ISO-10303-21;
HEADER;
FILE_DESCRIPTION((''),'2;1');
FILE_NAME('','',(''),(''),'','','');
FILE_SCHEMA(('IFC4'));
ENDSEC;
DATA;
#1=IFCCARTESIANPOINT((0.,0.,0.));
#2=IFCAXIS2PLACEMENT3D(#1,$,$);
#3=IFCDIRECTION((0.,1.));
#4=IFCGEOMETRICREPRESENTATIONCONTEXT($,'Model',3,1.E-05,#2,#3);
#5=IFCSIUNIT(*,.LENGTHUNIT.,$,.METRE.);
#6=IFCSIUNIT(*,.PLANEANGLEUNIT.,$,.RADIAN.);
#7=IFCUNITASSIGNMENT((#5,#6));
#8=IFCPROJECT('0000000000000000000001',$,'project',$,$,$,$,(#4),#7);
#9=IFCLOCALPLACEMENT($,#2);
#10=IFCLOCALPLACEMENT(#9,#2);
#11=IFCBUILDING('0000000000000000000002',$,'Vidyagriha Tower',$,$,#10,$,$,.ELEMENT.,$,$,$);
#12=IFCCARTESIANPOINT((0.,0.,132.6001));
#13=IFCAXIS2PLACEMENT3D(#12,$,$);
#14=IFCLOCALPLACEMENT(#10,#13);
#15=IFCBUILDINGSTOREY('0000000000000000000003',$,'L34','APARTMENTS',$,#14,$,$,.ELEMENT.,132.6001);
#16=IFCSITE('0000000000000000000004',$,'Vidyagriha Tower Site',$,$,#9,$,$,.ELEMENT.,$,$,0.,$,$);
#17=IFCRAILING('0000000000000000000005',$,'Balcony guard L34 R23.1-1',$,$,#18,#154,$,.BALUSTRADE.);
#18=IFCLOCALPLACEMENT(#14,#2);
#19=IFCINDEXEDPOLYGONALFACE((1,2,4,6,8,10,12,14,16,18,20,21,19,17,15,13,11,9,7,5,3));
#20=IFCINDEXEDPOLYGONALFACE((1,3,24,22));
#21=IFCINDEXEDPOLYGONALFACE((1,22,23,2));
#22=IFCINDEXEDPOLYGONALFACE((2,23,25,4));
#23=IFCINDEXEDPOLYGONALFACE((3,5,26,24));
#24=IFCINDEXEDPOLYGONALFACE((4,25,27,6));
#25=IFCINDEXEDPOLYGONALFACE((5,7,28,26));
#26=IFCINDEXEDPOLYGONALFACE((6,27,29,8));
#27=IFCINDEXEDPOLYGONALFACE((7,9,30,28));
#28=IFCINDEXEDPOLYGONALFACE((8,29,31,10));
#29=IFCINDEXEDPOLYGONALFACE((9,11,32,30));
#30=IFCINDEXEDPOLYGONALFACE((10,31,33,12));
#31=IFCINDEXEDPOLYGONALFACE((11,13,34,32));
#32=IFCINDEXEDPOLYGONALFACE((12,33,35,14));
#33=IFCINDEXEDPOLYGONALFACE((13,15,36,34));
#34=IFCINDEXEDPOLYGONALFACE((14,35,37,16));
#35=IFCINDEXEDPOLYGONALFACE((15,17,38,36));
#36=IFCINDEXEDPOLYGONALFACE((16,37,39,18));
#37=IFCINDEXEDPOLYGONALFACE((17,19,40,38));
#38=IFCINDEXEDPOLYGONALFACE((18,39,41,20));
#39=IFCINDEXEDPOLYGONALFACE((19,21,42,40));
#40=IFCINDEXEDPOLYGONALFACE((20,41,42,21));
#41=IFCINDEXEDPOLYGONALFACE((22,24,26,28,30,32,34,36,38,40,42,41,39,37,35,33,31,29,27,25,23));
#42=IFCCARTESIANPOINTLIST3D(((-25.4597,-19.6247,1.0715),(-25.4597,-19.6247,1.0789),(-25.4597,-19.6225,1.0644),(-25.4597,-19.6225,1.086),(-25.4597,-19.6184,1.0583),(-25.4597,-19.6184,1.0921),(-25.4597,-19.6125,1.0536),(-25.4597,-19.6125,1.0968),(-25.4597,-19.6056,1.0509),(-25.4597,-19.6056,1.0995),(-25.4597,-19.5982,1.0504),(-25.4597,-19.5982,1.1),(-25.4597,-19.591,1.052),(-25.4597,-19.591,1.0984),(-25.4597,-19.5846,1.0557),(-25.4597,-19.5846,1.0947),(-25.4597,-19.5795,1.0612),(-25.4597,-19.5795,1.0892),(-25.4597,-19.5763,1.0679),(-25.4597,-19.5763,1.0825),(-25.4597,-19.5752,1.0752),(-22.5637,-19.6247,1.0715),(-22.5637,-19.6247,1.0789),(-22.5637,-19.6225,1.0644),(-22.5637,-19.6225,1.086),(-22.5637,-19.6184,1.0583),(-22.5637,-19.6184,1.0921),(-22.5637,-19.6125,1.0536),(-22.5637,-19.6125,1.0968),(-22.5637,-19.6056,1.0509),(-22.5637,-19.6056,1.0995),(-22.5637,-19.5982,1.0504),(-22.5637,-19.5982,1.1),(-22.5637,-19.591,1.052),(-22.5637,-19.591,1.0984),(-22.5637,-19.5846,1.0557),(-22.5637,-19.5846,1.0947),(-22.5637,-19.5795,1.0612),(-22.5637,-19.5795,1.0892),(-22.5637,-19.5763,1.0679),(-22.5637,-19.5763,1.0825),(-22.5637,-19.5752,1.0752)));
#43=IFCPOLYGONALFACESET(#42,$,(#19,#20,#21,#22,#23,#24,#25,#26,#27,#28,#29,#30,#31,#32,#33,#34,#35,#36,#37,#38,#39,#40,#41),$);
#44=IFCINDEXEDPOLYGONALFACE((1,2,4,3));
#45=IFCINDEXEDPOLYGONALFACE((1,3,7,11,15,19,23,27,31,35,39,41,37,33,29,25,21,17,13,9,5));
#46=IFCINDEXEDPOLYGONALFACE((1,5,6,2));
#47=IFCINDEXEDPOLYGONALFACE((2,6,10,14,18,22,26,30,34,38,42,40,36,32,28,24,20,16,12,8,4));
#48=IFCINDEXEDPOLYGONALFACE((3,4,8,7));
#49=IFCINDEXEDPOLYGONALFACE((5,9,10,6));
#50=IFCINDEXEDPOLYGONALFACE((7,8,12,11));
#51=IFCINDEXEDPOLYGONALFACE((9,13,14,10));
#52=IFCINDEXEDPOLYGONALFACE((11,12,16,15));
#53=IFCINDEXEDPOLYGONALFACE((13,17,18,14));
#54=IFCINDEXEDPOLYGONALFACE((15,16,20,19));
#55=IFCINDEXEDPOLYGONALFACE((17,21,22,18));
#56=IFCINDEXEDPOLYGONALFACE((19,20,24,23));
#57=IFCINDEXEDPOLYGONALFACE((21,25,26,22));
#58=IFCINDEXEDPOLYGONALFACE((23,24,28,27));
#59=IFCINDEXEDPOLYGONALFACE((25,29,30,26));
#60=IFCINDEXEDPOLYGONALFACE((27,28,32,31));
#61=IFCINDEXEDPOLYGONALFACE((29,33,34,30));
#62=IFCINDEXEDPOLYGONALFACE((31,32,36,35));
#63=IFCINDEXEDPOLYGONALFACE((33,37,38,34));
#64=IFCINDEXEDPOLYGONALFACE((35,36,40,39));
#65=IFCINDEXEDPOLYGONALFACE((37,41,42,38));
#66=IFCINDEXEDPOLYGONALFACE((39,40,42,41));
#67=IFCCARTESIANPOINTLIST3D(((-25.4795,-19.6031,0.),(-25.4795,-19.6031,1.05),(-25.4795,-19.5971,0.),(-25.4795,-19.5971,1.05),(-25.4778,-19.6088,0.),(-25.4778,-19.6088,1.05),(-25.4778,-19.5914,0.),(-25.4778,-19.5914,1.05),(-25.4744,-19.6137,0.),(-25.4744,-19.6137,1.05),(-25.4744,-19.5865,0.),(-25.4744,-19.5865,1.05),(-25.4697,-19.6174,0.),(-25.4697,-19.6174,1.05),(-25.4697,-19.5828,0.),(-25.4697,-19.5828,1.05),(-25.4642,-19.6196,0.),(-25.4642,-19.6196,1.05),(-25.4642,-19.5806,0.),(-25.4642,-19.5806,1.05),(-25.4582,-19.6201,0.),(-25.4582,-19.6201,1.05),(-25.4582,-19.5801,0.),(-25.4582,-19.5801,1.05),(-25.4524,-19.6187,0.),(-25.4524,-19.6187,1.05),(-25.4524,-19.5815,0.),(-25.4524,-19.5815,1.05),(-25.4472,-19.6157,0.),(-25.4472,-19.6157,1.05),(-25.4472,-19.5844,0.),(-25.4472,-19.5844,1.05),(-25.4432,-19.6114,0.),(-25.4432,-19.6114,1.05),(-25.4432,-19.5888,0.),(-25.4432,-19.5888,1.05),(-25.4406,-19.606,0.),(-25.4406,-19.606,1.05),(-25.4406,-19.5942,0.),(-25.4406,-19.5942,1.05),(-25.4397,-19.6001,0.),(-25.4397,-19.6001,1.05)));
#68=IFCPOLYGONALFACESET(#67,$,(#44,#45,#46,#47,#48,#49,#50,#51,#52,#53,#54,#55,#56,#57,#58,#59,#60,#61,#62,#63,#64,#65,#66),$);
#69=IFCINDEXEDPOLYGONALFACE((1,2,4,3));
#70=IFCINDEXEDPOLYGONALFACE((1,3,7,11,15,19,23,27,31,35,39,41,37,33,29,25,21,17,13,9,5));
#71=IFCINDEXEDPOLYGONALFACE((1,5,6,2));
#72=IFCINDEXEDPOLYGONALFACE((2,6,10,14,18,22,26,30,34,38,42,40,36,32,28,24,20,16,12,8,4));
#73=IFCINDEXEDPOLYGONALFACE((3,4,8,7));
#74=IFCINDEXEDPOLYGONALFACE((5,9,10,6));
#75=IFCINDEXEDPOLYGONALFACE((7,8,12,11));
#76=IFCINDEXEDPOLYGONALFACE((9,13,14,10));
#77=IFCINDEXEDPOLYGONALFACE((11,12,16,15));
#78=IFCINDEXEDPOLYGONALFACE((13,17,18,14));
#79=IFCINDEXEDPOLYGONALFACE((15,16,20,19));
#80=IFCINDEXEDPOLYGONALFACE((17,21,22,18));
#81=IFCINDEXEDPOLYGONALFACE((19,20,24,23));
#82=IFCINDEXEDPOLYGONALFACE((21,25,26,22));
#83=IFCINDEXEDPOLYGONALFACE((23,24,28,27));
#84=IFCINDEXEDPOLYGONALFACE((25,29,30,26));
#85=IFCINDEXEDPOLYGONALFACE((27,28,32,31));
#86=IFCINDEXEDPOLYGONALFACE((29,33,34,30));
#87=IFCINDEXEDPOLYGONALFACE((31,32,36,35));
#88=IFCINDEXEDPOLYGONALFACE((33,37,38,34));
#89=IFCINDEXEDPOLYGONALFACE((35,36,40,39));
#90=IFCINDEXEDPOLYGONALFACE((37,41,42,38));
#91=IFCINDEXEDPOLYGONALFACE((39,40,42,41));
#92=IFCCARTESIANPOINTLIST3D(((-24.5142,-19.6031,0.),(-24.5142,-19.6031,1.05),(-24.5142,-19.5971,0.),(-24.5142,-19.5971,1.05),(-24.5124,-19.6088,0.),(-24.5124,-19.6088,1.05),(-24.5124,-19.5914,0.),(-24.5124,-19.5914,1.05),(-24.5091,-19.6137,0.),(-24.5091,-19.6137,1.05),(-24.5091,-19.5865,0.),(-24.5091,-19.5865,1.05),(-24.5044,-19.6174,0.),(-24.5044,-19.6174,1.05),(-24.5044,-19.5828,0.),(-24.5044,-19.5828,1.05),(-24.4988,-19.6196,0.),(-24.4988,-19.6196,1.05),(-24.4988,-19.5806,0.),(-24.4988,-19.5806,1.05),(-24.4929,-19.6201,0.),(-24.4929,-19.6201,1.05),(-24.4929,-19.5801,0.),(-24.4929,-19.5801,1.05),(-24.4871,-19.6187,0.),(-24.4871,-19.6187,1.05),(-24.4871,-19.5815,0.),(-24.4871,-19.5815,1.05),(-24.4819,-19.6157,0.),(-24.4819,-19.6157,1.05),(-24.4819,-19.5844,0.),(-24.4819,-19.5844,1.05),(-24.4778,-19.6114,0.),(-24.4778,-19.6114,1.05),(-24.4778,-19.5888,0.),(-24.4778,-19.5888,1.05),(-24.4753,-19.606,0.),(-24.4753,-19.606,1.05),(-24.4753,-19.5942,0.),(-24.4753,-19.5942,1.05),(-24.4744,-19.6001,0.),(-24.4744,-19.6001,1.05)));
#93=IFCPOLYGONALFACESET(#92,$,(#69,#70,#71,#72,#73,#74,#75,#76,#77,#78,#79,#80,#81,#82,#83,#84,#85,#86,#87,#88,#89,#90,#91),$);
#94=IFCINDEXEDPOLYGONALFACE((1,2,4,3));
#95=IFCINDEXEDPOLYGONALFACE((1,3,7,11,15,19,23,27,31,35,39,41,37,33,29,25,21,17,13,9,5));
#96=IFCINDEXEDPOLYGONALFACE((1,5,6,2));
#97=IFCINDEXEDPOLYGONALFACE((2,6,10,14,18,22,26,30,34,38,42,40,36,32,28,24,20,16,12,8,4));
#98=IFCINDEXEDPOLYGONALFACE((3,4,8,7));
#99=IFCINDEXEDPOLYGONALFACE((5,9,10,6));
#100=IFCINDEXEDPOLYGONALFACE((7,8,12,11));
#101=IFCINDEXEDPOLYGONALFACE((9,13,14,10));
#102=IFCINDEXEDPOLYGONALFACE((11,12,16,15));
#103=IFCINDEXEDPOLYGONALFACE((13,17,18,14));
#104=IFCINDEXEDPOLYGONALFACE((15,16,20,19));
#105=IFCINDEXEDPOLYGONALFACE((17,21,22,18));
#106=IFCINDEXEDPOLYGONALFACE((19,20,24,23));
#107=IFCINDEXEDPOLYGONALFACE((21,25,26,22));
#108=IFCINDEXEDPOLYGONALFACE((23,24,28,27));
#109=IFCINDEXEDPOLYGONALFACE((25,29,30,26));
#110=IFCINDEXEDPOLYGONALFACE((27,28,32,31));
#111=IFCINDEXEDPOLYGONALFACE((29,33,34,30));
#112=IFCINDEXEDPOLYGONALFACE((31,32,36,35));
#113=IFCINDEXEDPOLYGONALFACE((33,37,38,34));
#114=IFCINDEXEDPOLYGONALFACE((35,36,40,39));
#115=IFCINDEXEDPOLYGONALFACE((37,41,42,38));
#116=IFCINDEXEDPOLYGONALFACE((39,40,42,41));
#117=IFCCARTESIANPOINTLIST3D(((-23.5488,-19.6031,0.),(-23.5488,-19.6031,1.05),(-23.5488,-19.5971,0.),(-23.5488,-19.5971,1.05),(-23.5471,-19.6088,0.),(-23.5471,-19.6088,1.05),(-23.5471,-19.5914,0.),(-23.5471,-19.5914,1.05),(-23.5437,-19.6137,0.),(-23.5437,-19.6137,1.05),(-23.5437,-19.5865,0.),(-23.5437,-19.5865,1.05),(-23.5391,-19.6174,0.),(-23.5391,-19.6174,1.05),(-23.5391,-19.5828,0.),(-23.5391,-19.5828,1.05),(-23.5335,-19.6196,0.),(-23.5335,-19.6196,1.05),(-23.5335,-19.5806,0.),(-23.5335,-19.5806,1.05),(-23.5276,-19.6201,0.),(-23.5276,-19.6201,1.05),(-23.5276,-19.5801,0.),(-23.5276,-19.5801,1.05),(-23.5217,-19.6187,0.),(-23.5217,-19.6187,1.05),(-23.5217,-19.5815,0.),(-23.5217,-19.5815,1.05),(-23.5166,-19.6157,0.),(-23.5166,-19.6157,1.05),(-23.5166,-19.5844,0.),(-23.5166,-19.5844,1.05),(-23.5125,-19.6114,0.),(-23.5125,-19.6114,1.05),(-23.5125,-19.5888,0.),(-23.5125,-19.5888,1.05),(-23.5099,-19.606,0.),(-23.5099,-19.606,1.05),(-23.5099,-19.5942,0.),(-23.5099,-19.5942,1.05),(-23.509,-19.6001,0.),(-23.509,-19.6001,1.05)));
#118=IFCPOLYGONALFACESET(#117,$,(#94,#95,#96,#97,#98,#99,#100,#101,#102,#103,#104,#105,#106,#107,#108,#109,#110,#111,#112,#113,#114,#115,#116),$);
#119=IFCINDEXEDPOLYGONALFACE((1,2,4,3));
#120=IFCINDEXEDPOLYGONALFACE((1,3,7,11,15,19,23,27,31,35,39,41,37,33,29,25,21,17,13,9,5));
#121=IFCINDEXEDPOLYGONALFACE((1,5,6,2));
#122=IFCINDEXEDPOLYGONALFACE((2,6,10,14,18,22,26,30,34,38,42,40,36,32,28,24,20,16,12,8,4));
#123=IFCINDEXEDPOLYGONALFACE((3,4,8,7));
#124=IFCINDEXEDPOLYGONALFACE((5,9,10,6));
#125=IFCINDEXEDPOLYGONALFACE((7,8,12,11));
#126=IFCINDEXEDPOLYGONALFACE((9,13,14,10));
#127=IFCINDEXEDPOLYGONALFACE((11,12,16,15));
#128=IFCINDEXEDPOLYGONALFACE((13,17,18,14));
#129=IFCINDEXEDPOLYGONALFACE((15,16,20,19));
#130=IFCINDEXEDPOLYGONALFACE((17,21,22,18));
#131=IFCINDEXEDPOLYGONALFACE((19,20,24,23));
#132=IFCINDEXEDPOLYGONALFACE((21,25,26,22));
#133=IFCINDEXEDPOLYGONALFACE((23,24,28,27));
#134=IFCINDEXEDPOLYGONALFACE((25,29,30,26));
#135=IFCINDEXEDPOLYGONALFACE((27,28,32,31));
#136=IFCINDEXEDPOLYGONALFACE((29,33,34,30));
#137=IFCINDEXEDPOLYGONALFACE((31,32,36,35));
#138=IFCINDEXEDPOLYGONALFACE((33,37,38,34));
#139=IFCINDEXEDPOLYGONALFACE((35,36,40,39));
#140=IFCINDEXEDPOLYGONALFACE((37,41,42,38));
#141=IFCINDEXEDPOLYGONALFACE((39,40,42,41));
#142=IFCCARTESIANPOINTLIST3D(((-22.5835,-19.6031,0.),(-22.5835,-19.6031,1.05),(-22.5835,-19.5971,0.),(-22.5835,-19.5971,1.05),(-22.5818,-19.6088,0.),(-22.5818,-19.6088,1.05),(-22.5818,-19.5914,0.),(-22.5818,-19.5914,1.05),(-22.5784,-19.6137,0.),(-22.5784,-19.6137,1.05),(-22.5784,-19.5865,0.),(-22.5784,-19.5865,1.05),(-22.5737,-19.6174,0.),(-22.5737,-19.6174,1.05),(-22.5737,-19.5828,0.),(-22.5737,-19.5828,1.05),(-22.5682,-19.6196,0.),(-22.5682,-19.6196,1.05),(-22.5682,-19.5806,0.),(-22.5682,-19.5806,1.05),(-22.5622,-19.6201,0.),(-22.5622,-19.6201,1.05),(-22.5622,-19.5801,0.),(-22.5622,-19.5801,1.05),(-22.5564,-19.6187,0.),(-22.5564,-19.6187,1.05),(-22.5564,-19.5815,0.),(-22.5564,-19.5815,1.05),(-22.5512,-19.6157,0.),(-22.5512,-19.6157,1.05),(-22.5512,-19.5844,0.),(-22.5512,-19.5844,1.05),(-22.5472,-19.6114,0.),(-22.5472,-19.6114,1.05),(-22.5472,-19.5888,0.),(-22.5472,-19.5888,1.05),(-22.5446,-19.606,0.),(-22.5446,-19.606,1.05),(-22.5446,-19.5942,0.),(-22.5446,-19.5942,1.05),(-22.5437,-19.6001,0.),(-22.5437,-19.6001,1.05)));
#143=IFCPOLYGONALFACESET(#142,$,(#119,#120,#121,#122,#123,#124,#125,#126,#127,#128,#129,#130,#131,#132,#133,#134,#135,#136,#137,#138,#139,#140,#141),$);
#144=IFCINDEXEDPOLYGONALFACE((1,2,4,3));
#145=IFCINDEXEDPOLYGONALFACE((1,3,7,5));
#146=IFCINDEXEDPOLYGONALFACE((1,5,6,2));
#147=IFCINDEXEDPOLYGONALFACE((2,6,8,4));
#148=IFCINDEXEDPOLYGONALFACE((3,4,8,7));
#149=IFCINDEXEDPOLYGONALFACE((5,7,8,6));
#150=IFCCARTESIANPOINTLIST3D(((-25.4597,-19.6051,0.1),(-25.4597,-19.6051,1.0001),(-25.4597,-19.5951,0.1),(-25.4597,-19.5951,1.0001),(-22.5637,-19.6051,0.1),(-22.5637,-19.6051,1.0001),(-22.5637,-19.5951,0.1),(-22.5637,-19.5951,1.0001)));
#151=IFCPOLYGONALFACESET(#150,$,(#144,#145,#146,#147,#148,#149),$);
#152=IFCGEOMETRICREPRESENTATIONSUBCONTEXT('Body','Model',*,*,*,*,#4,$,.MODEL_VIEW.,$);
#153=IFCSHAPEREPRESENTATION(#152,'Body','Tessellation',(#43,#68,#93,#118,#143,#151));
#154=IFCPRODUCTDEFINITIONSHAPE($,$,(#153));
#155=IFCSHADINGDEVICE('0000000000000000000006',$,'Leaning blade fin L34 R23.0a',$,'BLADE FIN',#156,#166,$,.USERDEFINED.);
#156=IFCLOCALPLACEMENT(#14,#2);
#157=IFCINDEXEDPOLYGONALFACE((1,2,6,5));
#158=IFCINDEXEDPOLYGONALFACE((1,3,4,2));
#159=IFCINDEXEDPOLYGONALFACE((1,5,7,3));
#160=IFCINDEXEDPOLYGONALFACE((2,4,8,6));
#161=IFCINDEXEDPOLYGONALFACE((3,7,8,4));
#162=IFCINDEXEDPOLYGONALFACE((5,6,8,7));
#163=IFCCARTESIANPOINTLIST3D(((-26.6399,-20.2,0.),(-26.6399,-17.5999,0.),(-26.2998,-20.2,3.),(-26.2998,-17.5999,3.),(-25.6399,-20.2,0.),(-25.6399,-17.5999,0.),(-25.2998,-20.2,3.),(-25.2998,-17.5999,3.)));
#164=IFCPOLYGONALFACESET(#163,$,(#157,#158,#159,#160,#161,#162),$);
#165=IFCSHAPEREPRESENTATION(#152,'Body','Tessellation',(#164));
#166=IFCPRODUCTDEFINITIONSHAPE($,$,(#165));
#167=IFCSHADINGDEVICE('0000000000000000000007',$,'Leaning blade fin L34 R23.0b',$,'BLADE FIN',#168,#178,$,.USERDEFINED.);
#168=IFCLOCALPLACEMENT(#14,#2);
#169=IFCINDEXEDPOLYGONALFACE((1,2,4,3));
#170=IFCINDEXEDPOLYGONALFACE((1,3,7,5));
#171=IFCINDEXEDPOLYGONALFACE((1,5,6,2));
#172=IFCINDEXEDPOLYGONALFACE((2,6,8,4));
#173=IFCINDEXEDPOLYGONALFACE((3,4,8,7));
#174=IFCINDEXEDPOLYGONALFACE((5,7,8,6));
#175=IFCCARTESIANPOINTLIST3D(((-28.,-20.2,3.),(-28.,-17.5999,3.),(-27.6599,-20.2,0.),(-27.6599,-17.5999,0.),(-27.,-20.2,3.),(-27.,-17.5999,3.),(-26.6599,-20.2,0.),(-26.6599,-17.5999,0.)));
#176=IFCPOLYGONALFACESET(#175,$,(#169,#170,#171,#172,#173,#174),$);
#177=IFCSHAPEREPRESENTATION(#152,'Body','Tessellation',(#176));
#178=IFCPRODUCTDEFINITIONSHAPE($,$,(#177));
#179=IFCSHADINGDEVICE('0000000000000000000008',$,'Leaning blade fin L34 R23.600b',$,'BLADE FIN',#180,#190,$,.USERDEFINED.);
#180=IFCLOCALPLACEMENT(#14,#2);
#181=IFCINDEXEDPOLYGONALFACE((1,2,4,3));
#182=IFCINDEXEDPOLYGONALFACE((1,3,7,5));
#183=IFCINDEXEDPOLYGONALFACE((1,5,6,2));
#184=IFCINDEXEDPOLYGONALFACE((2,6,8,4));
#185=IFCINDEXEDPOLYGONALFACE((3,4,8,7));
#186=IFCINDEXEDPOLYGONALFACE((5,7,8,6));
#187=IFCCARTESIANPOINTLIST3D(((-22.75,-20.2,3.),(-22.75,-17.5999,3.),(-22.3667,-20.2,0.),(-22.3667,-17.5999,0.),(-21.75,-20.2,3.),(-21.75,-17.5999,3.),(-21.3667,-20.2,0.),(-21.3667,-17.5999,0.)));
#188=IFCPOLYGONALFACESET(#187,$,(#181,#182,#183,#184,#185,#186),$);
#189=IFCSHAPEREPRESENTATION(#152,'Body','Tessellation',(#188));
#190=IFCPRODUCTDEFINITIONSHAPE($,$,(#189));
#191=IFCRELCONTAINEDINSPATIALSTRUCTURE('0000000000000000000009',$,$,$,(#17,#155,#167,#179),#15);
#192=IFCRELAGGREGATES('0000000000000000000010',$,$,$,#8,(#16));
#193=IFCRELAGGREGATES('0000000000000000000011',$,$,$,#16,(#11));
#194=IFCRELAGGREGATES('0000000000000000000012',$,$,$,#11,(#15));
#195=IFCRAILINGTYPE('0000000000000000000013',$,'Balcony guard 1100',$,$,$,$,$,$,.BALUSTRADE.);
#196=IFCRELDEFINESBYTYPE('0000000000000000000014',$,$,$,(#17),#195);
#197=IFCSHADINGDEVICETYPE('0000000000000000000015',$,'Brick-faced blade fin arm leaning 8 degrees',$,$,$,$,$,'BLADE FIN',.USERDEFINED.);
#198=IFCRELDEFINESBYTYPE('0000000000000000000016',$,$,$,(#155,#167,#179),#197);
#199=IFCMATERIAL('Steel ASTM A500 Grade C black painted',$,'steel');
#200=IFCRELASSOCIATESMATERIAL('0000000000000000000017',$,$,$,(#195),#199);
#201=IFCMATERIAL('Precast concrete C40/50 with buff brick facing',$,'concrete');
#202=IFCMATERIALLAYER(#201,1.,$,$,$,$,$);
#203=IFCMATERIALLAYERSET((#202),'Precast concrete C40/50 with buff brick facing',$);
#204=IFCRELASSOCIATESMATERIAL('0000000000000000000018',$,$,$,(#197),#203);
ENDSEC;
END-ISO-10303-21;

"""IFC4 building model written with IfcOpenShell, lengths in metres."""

from ifc_helpers import new_model, si_unit, direction, frame, origin, origin_2d, place, context, subcontext, project, spatial, polyline, rectangle, circle, outline, extrude, material, layer, layer_set, type_object, element, save


model = new_model("IFC4")

# Units and contexts
model_context = context("Model", 3, precision=1e-05, world=origin(), true_north=direction((0.0, 1.0)))
body_context = subcontext(model_context, "Body", "Model", "MODEL_VIEW")
ifc_project = project(units=[si_unit("LENGTHUNIT", "METRE"), si_unit("PLANEANGLEUNIT", "RADIAN")], contexts=[model_context])

# Site, building, storey
site_placement = place(None, origin())
site = spatial("IfcSite", under=ifc_project, at=site_placement, Name="Vidyagriha Tower Site", CompositionType="ELEMENT", RefElevation=0.0)
building_placement = place(site_placement, origin())
building = spatial("IfcBuilding", under=site, at=building_placement, Name="Vidyagriha Tower", CompositionType="ELEMENT")
storey_placement = place(building_placement, frame((0.0, 0.0, 132.6001)))
storey = spatial("IfcBuildingStorey", under=building, at=storey_placement, Name="L34", Description="APARTMENTS", CompositionType="ELEMENT", Elevation=132.6001)

# Railing
ifc_material_1 = material(Name="Steel ASTM A500 Grade C black painted", Category="steel")
railing_type_1 = type_object("IfcRailingType", Name="Balcony guard 1100", PredefinedType="BALUSTRADE", material=ifc_material_1)
railing_1_placement = place(storey_placement, frame((-25.4597, -19.6001, 0.0)))
element("IfcRailing", 1, at=railing_1_placement, inside=storey, type_object=railing_type_1, Name="Balcony guard L34 R23.1-1", PredefinedType="BALUSTRADE", context=body_context, shape_type="SweptSolid", body=[
    extrude(circle(Radius=0.0249, at=origin_2d()), frame((0.0, 0.0, 1.0752), z_axis=(1.0, 0.0, 0.0), x_axis=(0.0, 1.0, 0.0)), (0.0, 0.0, 1.0), 2.896),
    extrude(circle(Radius=0.02, at=origin_2d()), origin(), (0.0, 0.0, 1.0), 1.05),
    extrude(circle(Radius=0.02, at=origin_2d()), frame((0.9653, 0.0, 0.0)), (0.0, 0.0, 1.0), 1.05),
    extrude(circle(Radius=0.02, at=origin_2d()), frame((1.9307, 0.0, 0.0)), (0.0, 0.0, 1.0), 1.05),
    extrude(circle(Radius=0.02, at=origin_2d()), frame((2.896, 0.0, 0.0)), (0.0, 0.0, 1.0), 1.05),
    extrude(rectangle(XDim=0.01, YDim=0.9001, at=origin_2d()), frame((0.0, 0.0, 0.55), z_axis=(1.0, 0.0, 0.0), x_axis=(0.0, 1.0, 0.0)), (0.0, 0.0, 1.0), 2.896),
])

# Shading devices
ifc_material_2 = material(Name="Precast concrete C40/50 with buff brick facing", Category="concrete")
ifc_layer_1 = layer(ifc_material_2, 1.0)
ifc_layer_set_1 = layer_set([ifc_layer_1], Name="Precast concrete C40/50 with buff brick facing")
shading_device_type = type_object("IfcShadingDeviceType", Name="Brick-faced blade fin arm leaning 8 degrees", ElementType="BLADE FIN", PredefinedType="USERDEFINED", material=ifc_layer_set_1)
shading_device_1_placement = place(storey_placement, frame((-26.6399, -18.8999, 0.0)))
element("IfcShadingDevice", 2, at=shading_device_1_placement, inside=storey, type_object=shading_device_type, Name="Leaning blade fin L34 R23.0a", ObjectType="BLADE FIN", PredefinedType="USERDEFINED", context=body_context, shape_type="SweptSolid", body=[
    extrude(outline(polyline([(0.0, 0.0), (1.0, 0.0), (1.3401, 3.0), (0.3401, 3.0), (0.0, 0.0)])), frame((0.0, 1.3, 0.0), z_axis=(0.0, -1.0, 0.0), x_axis=(1.0, 0.0, 0.0)), (0.0, 0.0, 1.0), 2.6001),
])
shading_device_2_placement = place(storey_placement, frame((-28.0, -18.8999, 0.0)))
element("IfcShadingDevice", 3, at=shading_device_2_placement, inside=storey, type_object=shading_device_type, Name="Leaning blade fin L34 R23.0b", ObjectType="BLADE FIN", PredefinedType="USERDEFINED", context=body_context, shape_type="SweptSolid", body=[
    extrude(outline(polyline([(0.3401, 0.0), (1.3401, 0.0), (1.0, 3.0), (0.0, 3.0), (0.3401, 0.0)])), frame((0.0, 1.3, 0.0), z_axis=(0.0, -1.0, 0.0), x_axis=(1.0, 0.0, 0.0)), (0.0, 0.0, 1.0), 2.6001),
])
shading_device_3_placement = place(storey_placement, frame((-22.75, -18.8999, 0.0)))
element("IfcShadingDevice", 4, at=shading_device_3_placement, inside=storey, type_object=shading_device_type, Name="Leaning blade fin L34 R23.600b", ObjectType="BLADE FIN", PredefinedType="USERDEFINED", context=body_context, shape_type="SweptSolid", body=[
    extrude(outline(polyline([(0.3833, 0.0), (1.3833, 0.0), (1.0, 3.0), (0.0, 3.0), (0.3833, 0.0)])), frame((0.0, 1.3, 0.0), z_axis=(0.0, -1.0, 0.0), x_axis=(1.0, 0.0, 0.0)), (0.0, 0.0, 1.0), 2.6001),
])

save(model, "model.ifc")
